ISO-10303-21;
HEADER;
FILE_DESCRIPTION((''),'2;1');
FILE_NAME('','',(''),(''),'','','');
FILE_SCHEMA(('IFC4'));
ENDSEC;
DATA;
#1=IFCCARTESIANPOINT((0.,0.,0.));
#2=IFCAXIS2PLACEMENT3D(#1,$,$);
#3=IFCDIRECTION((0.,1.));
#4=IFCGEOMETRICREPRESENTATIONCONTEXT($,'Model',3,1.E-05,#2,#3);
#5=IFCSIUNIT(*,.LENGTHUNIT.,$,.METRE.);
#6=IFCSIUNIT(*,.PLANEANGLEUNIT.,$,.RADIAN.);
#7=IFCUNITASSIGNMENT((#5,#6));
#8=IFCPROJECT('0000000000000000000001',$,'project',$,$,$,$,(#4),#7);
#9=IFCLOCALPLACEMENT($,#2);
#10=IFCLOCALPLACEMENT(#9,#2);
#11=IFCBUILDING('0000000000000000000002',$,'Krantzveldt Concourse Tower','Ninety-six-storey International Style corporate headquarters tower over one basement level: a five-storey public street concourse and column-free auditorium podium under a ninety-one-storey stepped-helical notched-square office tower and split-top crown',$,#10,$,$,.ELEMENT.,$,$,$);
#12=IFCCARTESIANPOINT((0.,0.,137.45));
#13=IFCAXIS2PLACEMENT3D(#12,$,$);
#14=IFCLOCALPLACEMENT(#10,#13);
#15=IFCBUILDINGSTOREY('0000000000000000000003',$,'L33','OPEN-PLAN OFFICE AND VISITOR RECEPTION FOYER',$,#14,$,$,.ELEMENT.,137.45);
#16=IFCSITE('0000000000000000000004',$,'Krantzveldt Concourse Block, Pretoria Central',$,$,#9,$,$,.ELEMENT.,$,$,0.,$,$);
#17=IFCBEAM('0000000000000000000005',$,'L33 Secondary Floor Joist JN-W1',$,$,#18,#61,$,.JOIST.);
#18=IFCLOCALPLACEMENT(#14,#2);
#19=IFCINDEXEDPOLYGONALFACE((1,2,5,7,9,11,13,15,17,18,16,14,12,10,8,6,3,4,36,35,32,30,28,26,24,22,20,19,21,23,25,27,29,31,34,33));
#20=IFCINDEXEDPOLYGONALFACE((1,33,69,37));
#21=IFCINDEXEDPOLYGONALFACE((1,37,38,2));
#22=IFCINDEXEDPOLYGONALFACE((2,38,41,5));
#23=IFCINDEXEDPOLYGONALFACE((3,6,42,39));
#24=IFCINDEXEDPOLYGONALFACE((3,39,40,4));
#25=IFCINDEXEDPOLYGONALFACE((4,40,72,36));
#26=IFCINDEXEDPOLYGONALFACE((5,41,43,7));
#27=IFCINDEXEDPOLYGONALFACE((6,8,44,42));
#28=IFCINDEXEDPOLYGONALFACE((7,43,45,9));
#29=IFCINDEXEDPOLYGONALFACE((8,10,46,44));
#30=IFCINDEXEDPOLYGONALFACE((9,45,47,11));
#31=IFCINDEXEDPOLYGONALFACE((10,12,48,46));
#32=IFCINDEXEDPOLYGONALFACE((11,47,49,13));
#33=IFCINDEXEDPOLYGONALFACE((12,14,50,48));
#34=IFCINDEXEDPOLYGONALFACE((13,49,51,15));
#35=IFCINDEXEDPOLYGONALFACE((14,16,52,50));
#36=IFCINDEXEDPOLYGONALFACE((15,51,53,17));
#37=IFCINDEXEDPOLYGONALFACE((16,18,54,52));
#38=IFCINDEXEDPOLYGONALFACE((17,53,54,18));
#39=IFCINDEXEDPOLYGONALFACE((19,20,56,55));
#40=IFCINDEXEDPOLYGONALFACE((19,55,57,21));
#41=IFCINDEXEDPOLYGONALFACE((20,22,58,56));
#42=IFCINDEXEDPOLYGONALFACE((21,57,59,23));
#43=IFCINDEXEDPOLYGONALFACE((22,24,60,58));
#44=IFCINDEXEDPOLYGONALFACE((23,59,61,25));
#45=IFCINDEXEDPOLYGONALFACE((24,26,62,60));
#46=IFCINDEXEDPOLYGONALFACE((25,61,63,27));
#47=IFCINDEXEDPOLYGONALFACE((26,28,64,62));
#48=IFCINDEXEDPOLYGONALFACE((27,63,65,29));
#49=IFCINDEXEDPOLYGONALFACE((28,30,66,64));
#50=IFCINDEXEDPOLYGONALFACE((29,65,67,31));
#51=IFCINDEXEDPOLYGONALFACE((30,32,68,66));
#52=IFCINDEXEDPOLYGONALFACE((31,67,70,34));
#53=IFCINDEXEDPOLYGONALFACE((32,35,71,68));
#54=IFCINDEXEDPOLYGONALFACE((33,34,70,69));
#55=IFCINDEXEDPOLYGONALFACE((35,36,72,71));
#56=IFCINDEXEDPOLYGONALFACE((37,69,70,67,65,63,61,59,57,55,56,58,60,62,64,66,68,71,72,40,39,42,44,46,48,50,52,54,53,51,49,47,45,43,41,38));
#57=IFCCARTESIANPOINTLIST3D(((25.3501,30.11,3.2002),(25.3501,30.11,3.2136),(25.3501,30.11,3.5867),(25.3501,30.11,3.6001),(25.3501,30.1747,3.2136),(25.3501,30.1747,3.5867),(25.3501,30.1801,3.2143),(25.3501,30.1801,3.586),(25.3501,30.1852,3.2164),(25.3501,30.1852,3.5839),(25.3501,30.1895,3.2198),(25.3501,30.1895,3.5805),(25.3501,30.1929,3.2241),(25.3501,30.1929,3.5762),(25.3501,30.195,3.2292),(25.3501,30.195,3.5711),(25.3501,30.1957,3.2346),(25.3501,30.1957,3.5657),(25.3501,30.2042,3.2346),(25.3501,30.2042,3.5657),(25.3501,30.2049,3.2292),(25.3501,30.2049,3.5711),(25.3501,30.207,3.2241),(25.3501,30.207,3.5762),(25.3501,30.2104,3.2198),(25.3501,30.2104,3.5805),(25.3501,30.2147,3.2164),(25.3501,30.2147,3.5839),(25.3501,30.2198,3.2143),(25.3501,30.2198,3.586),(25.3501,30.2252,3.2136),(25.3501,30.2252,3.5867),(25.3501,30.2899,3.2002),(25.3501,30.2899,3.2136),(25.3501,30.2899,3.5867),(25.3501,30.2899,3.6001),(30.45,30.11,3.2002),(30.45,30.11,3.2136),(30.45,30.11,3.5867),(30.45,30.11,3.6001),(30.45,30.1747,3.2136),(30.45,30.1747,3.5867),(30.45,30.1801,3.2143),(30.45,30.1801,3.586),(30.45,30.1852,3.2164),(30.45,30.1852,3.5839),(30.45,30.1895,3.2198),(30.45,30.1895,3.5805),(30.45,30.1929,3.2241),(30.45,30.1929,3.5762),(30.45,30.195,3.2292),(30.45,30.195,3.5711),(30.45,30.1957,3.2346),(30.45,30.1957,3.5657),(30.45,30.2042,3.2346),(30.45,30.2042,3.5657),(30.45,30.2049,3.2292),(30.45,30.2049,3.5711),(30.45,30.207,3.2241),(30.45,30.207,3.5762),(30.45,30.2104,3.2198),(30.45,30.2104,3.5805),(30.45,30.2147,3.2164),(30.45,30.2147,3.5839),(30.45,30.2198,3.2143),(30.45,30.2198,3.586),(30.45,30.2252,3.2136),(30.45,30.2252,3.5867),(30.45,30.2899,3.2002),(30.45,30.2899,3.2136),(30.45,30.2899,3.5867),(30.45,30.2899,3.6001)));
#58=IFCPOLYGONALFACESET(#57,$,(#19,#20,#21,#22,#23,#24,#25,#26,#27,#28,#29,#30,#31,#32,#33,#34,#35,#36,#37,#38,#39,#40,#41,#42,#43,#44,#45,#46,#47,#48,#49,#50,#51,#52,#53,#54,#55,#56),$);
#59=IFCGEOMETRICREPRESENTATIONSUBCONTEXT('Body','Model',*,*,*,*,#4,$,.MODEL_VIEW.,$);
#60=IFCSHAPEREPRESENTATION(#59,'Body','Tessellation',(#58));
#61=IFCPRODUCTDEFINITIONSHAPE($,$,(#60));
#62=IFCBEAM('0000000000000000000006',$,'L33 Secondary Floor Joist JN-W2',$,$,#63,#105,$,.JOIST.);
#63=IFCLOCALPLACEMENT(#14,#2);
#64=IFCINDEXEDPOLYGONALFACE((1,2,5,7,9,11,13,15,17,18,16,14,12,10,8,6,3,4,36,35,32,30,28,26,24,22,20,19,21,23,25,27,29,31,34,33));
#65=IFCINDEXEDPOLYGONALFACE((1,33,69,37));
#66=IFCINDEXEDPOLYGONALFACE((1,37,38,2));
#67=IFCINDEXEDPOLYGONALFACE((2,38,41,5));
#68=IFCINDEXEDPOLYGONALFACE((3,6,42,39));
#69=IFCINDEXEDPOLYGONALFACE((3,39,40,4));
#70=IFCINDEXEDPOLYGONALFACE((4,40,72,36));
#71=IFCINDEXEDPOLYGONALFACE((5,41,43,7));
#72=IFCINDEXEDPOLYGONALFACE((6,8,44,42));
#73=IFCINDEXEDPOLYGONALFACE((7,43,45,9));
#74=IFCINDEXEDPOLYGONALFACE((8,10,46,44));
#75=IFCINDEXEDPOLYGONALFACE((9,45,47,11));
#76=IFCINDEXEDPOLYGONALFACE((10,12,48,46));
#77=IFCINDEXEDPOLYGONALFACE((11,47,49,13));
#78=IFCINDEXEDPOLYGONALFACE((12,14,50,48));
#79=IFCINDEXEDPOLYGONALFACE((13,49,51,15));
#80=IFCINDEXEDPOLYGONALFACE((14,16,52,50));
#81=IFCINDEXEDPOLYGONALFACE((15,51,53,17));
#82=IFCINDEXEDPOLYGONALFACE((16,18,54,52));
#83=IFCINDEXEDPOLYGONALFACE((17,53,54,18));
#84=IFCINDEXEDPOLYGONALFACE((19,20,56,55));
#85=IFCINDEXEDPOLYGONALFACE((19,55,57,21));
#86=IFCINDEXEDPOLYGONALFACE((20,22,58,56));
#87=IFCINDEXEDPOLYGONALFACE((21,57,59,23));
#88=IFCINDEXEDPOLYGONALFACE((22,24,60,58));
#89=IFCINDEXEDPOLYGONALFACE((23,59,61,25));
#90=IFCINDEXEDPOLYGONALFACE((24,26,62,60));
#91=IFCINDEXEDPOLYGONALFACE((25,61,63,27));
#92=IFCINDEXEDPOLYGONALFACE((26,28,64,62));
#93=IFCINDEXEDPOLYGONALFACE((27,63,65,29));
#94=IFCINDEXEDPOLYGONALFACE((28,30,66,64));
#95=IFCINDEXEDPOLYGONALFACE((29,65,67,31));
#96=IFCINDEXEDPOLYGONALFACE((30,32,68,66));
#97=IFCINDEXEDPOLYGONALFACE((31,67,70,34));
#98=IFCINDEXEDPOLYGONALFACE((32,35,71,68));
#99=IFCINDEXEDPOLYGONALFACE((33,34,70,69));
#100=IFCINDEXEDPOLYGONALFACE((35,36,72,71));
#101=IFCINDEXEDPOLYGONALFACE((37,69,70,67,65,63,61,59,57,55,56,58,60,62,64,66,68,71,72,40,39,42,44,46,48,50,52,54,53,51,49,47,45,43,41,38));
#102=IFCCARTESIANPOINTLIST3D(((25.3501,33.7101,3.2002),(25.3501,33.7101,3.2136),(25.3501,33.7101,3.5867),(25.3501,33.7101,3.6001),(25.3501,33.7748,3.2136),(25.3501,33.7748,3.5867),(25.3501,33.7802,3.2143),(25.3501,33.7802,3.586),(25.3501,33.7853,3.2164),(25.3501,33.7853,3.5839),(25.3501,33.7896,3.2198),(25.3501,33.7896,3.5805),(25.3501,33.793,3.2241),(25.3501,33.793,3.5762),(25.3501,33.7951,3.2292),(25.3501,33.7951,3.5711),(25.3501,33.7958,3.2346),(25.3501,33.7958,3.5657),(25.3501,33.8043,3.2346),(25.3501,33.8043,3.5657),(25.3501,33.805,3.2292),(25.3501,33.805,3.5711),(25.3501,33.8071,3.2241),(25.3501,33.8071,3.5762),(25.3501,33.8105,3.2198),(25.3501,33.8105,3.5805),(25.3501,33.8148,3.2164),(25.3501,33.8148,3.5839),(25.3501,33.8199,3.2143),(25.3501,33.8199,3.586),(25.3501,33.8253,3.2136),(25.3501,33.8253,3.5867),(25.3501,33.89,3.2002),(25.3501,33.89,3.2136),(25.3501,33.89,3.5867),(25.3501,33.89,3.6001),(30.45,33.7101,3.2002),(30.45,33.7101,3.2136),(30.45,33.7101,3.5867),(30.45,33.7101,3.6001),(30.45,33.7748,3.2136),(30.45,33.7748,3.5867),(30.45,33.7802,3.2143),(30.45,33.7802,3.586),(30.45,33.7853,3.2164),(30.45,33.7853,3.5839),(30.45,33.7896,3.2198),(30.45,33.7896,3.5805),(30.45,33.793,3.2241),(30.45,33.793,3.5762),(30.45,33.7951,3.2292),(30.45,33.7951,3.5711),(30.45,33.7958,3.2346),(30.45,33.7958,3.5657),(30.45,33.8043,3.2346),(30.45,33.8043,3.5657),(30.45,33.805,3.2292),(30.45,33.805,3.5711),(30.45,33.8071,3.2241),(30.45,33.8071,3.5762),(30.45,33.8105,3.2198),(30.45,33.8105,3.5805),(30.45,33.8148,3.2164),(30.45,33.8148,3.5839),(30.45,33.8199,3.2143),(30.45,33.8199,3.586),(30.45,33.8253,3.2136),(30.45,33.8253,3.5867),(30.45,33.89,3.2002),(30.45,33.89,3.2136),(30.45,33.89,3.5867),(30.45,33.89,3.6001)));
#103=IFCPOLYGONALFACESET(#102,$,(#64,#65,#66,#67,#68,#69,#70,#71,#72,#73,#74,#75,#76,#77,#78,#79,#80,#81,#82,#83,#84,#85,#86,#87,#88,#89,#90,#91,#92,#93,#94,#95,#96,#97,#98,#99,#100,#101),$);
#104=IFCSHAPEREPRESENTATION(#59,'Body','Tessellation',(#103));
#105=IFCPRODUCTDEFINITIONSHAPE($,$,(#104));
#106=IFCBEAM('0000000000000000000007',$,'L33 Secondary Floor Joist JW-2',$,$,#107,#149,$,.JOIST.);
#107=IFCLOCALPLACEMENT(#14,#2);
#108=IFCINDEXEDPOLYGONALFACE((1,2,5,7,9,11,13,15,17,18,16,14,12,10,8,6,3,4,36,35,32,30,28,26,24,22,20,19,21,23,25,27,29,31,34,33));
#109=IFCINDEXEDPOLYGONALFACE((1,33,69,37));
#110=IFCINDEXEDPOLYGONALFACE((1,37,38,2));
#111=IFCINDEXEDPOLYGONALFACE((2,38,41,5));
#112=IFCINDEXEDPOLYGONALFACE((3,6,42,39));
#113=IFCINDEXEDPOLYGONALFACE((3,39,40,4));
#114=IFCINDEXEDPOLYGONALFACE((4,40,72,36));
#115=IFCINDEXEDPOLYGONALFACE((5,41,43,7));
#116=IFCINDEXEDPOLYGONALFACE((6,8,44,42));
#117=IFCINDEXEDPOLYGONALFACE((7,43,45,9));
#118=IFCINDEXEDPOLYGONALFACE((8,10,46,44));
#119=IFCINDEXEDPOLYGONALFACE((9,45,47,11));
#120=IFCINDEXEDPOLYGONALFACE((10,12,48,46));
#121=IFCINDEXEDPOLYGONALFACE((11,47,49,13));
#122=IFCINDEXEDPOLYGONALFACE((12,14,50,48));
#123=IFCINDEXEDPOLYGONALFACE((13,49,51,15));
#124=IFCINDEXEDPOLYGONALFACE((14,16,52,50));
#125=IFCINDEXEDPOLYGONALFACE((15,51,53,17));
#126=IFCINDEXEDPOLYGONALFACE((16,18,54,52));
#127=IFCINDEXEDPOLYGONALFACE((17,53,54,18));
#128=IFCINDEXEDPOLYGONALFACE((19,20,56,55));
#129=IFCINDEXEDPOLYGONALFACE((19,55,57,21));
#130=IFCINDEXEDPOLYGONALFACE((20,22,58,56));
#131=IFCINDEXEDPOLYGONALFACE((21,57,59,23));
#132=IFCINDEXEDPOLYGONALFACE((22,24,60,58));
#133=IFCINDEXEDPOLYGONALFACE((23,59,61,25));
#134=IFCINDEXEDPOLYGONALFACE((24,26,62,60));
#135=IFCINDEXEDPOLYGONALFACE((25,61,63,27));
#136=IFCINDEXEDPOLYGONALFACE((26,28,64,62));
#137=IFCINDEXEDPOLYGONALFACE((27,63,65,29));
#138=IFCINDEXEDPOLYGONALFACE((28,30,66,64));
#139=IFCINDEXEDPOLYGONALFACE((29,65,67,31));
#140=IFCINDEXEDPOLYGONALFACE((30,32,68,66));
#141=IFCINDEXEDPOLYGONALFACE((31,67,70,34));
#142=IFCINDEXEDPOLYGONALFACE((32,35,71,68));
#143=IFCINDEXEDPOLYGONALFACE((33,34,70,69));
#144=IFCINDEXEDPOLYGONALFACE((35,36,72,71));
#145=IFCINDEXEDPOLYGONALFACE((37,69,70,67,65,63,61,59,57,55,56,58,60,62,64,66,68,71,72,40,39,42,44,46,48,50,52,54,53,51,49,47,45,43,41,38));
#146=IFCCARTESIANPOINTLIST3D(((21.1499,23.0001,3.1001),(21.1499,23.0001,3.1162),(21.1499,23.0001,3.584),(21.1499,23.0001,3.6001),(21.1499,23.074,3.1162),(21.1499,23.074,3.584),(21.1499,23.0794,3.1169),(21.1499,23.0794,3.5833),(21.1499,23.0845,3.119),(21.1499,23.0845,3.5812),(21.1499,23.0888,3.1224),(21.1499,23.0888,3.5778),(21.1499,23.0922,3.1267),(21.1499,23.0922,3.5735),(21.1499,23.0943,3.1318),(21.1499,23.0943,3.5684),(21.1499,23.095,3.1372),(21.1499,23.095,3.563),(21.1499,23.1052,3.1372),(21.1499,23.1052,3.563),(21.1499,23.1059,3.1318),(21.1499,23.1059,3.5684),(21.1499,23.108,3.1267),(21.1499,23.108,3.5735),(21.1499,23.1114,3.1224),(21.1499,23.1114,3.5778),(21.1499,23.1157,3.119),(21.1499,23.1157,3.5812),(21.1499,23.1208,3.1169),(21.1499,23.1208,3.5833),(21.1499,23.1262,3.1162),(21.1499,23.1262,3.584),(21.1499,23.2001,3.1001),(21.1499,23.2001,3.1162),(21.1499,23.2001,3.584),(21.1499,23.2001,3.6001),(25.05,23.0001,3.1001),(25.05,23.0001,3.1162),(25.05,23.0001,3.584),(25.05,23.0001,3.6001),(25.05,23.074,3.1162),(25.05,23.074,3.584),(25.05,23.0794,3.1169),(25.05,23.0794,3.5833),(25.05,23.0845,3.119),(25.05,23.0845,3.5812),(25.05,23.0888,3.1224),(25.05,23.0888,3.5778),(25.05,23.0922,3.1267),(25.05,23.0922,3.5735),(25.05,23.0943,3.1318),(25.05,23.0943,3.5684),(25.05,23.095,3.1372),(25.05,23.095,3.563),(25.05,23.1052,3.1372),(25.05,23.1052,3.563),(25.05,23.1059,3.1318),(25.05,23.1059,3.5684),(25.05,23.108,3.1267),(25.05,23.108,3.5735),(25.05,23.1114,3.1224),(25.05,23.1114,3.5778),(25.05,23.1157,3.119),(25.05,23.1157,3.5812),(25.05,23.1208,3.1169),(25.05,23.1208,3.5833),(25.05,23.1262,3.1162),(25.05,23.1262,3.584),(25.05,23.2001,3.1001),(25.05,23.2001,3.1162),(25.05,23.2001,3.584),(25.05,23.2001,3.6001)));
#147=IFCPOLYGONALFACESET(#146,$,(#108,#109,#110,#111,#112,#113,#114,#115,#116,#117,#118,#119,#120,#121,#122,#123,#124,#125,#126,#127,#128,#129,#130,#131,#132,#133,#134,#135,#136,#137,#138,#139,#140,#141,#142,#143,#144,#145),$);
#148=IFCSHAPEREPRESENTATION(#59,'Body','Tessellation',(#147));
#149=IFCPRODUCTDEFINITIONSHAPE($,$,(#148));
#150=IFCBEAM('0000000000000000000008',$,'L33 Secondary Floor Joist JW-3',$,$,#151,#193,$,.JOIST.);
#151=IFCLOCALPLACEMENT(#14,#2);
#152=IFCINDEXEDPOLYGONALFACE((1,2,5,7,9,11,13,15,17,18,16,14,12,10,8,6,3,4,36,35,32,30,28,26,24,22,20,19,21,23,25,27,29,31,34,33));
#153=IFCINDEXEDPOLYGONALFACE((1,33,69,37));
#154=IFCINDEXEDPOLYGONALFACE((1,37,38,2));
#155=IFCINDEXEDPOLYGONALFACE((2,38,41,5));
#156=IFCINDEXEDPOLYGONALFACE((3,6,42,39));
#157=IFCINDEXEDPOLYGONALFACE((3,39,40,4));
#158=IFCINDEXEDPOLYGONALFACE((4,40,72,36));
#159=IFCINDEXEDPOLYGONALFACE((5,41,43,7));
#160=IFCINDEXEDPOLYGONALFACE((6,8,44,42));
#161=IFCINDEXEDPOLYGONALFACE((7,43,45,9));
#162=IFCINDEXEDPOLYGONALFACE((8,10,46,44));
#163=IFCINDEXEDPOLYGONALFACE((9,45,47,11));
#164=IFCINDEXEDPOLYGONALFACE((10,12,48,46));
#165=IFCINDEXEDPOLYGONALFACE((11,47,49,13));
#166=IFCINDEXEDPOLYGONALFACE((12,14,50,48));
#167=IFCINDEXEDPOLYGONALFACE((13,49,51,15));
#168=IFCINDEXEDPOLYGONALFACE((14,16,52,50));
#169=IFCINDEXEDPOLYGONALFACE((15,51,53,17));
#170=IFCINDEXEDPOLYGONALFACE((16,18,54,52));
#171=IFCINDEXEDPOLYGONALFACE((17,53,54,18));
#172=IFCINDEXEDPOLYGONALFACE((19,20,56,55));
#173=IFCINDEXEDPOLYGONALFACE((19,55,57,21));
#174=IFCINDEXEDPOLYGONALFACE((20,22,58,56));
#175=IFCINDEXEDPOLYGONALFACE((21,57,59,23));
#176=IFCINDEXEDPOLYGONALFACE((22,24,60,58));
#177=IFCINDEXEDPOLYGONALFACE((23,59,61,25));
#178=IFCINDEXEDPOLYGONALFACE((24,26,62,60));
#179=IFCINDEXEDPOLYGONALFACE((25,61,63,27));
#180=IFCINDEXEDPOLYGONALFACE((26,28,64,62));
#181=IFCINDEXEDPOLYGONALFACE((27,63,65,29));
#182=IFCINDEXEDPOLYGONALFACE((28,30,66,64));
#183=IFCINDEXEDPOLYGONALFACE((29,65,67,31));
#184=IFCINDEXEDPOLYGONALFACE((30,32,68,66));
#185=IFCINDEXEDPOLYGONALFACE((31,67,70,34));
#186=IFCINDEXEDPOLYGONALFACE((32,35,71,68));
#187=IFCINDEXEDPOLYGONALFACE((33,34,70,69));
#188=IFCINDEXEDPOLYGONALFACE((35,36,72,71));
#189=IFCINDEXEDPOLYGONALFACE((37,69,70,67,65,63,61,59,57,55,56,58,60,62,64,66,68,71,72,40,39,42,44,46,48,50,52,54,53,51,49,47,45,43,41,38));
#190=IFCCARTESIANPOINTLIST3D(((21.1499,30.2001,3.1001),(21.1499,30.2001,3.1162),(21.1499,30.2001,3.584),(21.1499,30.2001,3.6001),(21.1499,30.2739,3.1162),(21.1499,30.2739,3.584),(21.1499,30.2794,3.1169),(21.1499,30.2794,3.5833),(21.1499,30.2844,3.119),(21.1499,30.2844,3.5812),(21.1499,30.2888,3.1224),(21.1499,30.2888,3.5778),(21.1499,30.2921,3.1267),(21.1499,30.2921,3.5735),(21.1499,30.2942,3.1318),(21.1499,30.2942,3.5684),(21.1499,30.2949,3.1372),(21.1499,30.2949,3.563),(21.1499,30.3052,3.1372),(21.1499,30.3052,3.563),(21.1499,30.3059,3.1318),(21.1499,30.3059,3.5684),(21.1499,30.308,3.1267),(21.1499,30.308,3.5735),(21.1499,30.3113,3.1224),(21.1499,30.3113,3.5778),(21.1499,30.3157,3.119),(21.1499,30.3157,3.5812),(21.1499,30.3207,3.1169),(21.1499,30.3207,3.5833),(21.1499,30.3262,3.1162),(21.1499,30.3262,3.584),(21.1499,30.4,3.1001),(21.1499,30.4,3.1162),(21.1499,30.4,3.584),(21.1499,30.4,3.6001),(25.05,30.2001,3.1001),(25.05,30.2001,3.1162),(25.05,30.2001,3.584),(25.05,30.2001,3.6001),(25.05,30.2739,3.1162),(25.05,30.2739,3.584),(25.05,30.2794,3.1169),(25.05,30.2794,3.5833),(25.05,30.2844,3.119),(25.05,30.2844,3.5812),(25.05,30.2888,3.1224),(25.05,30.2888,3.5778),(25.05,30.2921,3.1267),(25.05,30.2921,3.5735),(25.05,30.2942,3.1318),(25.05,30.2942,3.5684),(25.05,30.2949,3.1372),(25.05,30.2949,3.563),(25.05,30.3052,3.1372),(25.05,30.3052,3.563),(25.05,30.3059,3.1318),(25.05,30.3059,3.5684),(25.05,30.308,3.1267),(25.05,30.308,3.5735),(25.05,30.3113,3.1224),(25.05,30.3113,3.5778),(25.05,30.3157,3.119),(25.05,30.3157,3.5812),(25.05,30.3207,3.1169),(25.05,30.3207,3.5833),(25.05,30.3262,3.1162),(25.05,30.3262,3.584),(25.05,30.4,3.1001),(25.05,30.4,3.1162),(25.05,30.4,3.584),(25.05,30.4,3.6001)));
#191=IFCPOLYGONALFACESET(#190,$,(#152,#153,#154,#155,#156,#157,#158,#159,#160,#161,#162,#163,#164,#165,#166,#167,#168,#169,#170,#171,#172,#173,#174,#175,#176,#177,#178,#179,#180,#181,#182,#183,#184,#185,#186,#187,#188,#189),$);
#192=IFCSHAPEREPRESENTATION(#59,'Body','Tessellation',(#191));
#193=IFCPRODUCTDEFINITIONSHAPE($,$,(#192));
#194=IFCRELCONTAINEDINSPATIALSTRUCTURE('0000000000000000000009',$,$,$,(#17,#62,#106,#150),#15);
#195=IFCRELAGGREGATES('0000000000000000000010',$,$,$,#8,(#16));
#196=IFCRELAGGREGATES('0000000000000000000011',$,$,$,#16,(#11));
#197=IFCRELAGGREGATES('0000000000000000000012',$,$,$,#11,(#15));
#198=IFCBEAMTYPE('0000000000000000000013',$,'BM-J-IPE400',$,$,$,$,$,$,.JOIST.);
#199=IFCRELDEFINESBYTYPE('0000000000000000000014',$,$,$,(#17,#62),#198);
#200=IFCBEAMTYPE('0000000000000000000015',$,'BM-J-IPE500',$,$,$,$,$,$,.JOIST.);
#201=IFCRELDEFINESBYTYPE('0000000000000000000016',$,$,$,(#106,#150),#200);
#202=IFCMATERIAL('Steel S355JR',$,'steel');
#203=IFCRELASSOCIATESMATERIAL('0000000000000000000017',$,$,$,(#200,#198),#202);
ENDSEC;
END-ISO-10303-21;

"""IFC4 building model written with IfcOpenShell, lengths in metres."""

from ifc_helpers import new_model, si_unit, direction, frame, origin, origin_2d, place, context, subcontext, project, spatial, i_section, extrude, source, transform, mapped, material, material_profile, profile_set, type_object, type_shapes, element, save


model = new_model("IFC4")

# Units and contexts
model_context = context("Model", 3, precision=1e-05, world=origin(), true_north=direction((0.0, 1.0)))
body_context = subcontext(model_context, "Body", "Model", "MODEL_VIEW")
ifc_project = project(units=[si_unit("LENGTHUNIT", "METRE"), si_unit("PLANEANGLEUNIT", "RADIAN")], contexts=[model_context])

# Site, building, storey
site_placement = place(None, origin())
site = spatial("IfcSite", under=ifc_project, at=site_placement, Name="Krantzveldt Concourse Block, Pretoria Central", CompositionType="ELEMENT", RefElevation=0.0)
building_placement = place(site_placement, origin())
building = spatial("IfcBuilding", under=site, at=building_placement, Name="Krantzveldt Concourse Tower", Description="Ninety-six-storey International Style corporate headquarters tower over one basement level: a five-storey public street concourse and column-free auditorium podium under a ninety-one-storey stepped-helical notched-square office tower and split-top crown", CompositionType="ELEMENT")
storey_placement = place(building_placement, frame((0.0, 0.0, 137.45)))
storey = spatial("IfcBuildingStorey", under=building, at=storey_placement, Name="L33", Description="OPEN-PLAN OFFICE AND VISITOR RECEPTION FOYER", CompositionType="ELEMENT", Elevation=137.45)

# Beams
ifc_material_1 = material(Name="Steel S355JR", Category="steel")
ifc_material_profile_1 = material_profile(ifc_material_1, i_section(OverallWidth=0.2, OverallDepth=0.5, WebThickness=0.0103, FlangeThickness=0.0161, FilletRadius=0.021, at=origin_2d()), Name="Steel S355JR", Category="steel")
ifc_profile_set_1 = profile_set([ifc_material_profile_1], Name="Steel S355JR - IPE 500")
beam_type_1 = type_object("IfcBeamType", Name="BM-J-IPE500", PredefinedType="JOIST", material=ifc_profile_set_1)
ifc_material_profile_2 = material_profile(ifc_material_1, i_section(OverallWidth=0.1799, OverallDepth=0.3999, WebThickness=0.0085, FlangeThickness=0.0134, FilletRadius=0.021, at=origin_2d()), Name="Steel S355JR", Category="steel")
ifc_profile_set_2 = profile_set([ifc_material_profile_2], Name="Steel S355JR - IPE 400")
beam_type_2 = type_object("IfcBeamType", Name="BM-J-IPE400", PredefinedType="JOIST", material=ifc_profile_set_2)
shared_shape_1 = source(origin(), body_context, "Body", "SweptSolid", [
    extrude(i_section(OverallWidth=0.1799, OverallDepth=0.3999, WebThickness=0.0085, FlangeThickness=0.0134, FilletRadius=0.021, at=origin_2d()), origin(), (0.0, 0.0, 1.0), 5.0999),
])
type_shapes(beam_type_2, [shared_shape_1])
for number, where, z_axis, x_axis, name in (
    (1, (25.3501, 30.2, 3.4001), (1.0, 0.0, 0.0), (0.0, 1.0, 0.0), "L33 Secondary Floor Joist JN-W1"),
    (2, (25.3501, 33.8, 3.4001), (1.0, 0.0, 0.0), (0.0, 1.0, 0.0), "L33 Secondary Floor Joist JN-W2"),
):
    element("IfcBeam", number, at=place(storey_placement, frame(where, z_axis=z_axis, x_axis=x_axis)), inside=storey, type_object=beam_type_2, Name=name, PredefinedType="JOIST", context=body_context, shape_type="MappedRepresentation", body=[
        mapped(shared_shape_1, transform((0.0, 0.0, 0.0), x_axis=(1.0, 0.0, 0.0), y_axis=(0.0, 1.0, 0.0), z_axis=(0.0, 0.0, 1.0), scale=1.0)),
    ])
shared_shape_2 = source(origin(), body_context, "Body", "SweptSolid", [
    extrude(i_section(OverallWidth=0.2, OverallDepth=0.5, WebThickness=0.0103, FlangeThickness=0.0161, FilletRadius=0.021, at=origin_2d()), origin(), (0.0, 0.0, 1.0), 3.9001),
])
for number, where, z_axis, x_axis, name in (
    (3, (21.1499, 23.1001, 3.3501), (1.0, 0.0, 0.0), (0.0, 1.0, 0.0), "L33 Secondary Floor Joist JW-2"),
    (4, (21.1499, 30.3, 3.3501), (1.0, 0.0, 0.0), (0.0, 1.0, 0.0), "L33 Secondary Floor Joist JW-3"),
):
    element("IfcBeam", number, at=place(storey_placement, frame(where, z_axis=z_axis, x_axis=x_axis)), inside=storey, type_object=beam_type_1, Name=name, PredefinedType="JOIST", context=body_context, shape_type="MappedRepresentation", body=[
        mapped(shared_shape_2, transform((0.0, 0.0, 0.0), x_axis=(1.0, 0.0, 0.0), y_axis=(0.0, 1.0, 0.0), z_axis=(0.0, 0.0, 1.0), scale=1.0)),
    ])

save(model, "model.ifc")
